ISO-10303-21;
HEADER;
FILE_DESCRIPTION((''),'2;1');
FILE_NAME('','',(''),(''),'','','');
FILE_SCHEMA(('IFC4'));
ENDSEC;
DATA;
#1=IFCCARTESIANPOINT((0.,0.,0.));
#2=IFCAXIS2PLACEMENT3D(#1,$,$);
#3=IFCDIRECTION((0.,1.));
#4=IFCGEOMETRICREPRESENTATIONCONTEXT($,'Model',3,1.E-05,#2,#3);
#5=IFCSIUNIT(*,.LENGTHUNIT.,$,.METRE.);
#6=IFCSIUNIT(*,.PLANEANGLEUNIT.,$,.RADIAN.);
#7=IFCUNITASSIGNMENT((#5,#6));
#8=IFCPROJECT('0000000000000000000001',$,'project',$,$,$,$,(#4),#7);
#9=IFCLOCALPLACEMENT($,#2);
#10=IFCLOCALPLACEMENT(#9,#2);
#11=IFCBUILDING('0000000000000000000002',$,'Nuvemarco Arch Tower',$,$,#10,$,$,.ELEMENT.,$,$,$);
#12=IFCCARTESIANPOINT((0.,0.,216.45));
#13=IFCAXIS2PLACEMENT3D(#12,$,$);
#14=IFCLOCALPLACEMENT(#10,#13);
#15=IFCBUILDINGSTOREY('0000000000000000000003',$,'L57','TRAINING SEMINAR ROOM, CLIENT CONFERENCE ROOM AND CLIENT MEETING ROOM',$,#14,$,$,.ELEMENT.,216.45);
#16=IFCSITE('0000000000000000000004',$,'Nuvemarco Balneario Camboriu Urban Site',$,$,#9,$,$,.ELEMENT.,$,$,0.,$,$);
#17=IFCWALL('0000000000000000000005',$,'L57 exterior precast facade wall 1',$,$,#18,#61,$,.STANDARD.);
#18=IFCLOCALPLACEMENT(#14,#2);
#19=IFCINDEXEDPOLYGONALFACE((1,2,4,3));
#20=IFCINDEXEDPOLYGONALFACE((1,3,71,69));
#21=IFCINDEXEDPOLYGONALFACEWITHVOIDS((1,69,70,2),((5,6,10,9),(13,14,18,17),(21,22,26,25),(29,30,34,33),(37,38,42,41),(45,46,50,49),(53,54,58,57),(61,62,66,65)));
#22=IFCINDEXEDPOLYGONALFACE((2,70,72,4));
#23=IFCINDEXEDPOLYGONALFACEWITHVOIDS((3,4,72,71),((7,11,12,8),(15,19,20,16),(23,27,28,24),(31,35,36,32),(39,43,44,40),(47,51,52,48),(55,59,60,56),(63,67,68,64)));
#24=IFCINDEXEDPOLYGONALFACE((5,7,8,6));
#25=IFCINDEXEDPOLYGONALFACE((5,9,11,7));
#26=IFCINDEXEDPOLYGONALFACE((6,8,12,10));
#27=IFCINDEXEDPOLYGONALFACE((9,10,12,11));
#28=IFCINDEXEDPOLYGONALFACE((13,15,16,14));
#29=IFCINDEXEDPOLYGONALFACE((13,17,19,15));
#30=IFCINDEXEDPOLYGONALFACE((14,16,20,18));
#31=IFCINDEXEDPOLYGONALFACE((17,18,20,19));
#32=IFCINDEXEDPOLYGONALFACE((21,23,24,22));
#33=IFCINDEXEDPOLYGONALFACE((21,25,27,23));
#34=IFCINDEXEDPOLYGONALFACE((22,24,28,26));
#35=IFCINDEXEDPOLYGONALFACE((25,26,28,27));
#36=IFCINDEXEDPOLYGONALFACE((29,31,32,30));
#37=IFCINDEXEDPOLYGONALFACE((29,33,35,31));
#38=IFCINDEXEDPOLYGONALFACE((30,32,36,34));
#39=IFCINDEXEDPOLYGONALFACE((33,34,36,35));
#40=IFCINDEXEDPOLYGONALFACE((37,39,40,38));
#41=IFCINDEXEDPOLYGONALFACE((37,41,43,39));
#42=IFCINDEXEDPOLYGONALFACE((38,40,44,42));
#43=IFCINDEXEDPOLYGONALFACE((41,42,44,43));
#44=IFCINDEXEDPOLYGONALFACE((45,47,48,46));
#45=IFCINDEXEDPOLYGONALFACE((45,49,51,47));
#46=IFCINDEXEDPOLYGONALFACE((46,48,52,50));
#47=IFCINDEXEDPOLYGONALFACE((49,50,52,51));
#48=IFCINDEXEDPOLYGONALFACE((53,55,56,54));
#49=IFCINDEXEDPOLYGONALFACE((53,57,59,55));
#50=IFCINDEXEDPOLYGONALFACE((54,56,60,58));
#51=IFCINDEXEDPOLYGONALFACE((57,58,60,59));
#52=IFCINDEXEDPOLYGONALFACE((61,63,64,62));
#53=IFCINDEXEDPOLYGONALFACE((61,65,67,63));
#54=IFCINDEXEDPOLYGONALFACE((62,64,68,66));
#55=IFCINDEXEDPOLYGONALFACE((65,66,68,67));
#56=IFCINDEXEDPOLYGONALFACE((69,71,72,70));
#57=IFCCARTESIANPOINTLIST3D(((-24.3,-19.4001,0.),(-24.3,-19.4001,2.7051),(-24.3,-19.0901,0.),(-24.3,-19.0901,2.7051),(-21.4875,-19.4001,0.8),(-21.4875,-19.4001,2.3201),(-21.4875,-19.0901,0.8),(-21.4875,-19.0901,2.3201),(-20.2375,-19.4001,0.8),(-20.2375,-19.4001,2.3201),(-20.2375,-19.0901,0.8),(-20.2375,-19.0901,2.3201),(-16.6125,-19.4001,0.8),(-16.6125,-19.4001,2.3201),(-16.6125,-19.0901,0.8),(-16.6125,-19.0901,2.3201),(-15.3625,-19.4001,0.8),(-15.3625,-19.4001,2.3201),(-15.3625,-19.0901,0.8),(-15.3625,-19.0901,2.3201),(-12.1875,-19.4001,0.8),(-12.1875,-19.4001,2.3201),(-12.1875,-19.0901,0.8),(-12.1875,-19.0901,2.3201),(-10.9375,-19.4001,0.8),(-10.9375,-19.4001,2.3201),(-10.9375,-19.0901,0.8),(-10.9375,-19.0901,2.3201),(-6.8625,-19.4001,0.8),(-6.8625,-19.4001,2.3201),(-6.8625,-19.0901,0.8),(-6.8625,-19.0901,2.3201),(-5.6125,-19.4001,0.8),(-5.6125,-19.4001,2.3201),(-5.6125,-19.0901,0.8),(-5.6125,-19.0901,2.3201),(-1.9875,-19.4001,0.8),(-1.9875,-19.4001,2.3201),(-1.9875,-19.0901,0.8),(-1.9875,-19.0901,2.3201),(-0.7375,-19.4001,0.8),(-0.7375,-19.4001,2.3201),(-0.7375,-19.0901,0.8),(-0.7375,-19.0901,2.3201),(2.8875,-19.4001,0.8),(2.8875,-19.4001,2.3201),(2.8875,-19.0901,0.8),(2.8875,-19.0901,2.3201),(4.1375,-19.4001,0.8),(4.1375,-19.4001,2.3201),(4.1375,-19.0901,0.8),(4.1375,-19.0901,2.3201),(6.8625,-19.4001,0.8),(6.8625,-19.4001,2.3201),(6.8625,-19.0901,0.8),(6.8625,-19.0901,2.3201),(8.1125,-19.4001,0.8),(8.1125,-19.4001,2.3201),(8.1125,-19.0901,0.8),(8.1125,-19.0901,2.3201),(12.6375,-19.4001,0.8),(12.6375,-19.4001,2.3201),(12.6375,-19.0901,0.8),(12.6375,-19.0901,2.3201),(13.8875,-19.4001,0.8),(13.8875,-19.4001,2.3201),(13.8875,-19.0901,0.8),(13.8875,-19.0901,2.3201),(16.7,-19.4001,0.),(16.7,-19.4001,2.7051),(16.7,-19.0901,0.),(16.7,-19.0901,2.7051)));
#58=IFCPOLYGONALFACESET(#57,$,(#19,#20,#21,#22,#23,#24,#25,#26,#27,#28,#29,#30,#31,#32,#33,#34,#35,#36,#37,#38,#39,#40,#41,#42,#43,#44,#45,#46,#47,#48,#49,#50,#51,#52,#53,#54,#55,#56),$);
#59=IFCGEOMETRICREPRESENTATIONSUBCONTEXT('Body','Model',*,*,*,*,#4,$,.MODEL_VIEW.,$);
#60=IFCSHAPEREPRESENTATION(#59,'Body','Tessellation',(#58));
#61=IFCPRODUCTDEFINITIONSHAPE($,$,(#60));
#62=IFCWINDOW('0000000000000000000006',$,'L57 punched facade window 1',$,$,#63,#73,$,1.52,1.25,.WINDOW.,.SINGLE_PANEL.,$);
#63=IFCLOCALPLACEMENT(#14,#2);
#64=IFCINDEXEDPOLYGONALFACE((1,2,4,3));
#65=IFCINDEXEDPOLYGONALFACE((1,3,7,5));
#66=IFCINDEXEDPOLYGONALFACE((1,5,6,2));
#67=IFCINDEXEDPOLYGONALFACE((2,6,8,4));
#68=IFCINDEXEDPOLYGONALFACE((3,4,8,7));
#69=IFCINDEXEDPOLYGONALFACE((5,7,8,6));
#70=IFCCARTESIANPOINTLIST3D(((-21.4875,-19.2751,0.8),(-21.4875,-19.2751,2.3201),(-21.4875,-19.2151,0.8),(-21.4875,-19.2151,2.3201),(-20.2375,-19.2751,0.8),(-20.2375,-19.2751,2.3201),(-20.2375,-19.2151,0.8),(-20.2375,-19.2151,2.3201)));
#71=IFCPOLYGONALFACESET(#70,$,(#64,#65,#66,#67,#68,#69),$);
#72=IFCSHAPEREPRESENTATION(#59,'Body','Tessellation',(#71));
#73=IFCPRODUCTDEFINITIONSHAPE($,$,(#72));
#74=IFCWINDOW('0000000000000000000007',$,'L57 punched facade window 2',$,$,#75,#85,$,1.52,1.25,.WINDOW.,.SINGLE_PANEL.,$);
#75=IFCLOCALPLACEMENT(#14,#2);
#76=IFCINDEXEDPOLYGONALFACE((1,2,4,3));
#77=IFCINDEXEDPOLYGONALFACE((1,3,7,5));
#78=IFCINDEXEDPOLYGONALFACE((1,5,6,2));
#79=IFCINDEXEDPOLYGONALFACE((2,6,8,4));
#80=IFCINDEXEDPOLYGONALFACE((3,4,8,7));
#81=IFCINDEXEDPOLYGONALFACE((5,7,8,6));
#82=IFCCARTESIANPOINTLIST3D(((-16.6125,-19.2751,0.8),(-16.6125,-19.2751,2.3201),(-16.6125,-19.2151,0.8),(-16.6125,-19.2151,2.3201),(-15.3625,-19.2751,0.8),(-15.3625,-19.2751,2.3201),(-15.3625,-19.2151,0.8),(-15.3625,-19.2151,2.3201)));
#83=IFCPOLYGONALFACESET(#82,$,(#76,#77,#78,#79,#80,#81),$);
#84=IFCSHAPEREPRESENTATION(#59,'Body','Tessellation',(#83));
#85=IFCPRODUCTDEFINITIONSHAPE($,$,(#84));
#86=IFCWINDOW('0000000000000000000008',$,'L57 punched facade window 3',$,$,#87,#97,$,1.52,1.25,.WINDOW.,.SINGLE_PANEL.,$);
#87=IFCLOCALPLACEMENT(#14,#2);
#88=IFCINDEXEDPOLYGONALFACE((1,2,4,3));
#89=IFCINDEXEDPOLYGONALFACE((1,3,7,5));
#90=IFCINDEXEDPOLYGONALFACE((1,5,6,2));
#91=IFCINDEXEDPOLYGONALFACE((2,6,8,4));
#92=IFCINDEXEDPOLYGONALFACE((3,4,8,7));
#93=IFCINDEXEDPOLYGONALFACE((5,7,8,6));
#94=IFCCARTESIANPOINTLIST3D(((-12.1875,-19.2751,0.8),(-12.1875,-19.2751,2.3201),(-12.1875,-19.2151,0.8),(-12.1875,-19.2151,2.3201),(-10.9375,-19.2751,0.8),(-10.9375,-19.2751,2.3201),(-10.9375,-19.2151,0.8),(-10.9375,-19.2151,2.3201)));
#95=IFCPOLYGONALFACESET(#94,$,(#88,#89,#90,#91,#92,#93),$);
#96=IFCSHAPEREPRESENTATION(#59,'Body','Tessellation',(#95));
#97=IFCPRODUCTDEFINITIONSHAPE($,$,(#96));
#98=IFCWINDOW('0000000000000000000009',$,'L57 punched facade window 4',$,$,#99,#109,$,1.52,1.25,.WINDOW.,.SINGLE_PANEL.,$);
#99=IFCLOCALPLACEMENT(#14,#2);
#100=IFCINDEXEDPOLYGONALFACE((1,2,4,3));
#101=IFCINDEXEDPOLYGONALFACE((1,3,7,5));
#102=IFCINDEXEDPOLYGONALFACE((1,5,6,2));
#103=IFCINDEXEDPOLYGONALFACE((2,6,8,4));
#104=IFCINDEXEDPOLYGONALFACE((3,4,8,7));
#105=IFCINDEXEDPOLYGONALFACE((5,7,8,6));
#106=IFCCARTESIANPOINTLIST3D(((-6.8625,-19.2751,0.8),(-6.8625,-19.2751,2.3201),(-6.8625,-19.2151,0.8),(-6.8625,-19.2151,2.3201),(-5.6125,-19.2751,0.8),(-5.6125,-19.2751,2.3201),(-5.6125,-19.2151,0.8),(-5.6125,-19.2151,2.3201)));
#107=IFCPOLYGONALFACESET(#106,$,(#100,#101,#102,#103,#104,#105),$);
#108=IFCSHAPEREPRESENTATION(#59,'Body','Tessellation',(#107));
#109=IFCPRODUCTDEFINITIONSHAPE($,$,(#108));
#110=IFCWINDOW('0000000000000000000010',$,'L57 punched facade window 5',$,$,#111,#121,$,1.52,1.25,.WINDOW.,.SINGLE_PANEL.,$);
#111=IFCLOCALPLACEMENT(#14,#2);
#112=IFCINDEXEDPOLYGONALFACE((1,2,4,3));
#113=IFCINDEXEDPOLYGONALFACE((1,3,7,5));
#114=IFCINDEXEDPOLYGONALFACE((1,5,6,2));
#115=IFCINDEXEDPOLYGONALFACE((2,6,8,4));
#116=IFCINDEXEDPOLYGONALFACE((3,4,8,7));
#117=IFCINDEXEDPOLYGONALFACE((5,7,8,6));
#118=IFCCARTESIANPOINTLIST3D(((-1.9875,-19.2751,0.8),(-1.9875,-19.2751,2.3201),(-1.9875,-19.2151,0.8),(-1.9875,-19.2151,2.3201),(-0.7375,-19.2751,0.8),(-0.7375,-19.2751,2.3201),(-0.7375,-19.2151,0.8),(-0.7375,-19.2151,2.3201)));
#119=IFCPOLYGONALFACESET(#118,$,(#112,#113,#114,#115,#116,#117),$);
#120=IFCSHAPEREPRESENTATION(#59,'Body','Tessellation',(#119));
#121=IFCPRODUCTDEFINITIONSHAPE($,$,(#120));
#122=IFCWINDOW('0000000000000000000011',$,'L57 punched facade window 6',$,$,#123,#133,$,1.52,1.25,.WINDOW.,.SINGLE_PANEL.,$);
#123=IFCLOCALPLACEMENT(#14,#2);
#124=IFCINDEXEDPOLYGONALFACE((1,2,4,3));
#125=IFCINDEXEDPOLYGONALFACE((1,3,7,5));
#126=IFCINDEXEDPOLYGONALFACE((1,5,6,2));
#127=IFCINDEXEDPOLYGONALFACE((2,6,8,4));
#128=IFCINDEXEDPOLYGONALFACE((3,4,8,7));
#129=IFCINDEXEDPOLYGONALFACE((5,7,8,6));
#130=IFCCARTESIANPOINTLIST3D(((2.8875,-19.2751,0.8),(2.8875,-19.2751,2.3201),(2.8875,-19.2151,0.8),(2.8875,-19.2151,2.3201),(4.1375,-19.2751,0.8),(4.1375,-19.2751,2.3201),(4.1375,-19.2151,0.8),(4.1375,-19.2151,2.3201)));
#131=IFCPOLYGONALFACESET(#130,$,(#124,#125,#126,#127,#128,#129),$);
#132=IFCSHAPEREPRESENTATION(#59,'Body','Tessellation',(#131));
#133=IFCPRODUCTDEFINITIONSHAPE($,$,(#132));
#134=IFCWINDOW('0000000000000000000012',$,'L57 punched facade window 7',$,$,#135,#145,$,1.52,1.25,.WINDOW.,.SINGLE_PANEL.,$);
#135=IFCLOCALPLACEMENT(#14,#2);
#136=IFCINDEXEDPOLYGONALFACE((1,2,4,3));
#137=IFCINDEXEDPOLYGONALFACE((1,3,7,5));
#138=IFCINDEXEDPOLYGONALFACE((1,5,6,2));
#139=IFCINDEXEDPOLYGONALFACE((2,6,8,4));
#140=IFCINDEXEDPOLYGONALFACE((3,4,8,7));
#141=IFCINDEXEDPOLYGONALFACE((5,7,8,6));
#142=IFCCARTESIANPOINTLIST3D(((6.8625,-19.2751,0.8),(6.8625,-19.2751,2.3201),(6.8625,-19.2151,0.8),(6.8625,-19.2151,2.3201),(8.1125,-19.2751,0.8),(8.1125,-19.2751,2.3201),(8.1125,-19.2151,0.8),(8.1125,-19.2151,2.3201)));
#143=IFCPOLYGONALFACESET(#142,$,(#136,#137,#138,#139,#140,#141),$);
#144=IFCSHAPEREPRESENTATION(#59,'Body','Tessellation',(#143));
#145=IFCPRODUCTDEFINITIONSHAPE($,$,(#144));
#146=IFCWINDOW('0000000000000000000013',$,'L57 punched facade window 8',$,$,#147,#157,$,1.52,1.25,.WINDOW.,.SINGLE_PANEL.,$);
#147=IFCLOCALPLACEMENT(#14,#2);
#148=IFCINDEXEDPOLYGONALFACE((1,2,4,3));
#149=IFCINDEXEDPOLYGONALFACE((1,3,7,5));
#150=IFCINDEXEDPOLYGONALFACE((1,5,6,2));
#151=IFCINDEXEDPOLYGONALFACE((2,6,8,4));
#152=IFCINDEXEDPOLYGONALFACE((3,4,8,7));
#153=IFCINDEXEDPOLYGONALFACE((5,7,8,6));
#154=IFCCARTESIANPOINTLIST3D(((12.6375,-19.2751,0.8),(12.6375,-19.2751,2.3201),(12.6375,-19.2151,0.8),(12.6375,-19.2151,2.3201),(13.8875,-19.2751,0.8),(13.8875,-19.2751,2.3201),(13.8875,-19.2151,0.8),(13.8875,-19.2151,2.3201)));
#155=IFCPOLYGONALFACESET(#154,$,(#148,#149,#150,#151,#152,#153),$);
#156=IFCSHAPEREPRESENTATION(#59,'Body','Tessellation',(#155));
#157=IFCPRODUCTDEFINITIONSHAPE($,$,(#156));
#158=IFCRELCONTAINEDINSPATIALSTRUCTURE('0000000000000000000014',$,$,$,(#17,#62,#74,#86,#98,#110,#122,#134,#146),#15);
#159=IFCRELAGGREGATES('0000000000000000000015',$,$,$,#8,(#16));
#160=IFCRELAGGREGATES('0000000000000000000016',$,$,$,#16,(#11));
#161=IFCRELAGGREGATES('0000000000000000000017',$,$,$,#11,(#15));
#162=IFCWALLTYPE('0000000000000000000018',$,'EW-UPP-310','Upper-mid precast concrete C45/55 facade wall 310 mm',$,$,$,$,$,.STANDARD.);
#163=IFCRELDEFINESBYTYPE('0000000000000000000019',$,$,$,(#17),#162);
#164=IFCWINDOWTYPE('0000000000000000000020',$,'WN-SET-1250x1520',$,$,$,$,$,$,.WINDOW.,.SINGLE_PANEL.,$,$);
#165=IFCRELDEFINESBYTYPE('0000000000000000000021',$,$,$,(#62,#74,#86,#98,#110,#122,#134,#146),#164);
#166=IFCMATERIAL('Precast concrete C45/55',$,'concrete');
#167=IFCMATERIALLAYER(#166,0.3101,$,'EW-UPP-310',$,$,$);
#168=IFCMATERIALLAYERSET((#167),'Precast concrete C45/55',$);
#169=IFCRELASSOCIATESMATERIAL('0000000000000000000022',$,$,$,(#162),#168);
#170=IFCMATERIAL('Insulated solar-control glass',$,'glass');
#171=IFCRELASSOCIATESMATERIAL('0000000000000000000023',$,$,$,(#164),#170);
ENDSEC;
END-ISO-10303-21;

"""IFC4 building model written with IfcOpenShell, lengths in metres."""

from ifc_helpers import new_model, si_unit, direction, frame, frame_2d, origin, place, context, subcontext, project, spatial, rectangle, extrude, source, transform, mapped, material, layer, layer_set, type_object, type_shapes, element, fill, save


model = new_model("IFC4")

# Units and contexts
model_context = context("Model", 3, precision=1e-05, world=origin(), true_north=direction((0.0, 1.0)))
body_context = subcontext(model_context, "Body", "Model", "MODEL_VIEW")
ifc_project = project(units=[si_unit("LENGTHUNIT", "METRE"), si_unit("PLANEANGLEUNIT", "RADIAN")], contexts=[model_context])

# Site, building, storey
site_placement = place(None, origin())
site = spatial("IfcSite", under=ifc_project, at=site_placement, Name="Nuvemarco Balneario Camboriu Urban Site", CompositionType="ELEMENT", RefElevation=0.0)
building_placement = place(site_placement, origin())
building = spatial("IfcBuilding", under=site, at=building_placement, Name="Nuvemarco Arch Tower", CompositionType="ELEMENT")
storey_placement = place(building_placement, frame((0.0, 0.0, 216.45)))
storey = spatial("IfcBuildingStorey", under=building, at=storey_placement, Name="L57", Description="TRAINING SEMINAR ROOM, CLIENT CONFERENCE ROOM AND CLIENT MEETING ROOM", CompositionType="ELEMENT", Elevation=216.45)

# Wall, openings, windows
ifc_material_1 = material(Name="Precast concrete C45/55", Category="concrete")
ifc_layer_1 = layer(ifc_material_1, 0.3101, Name="EW-UPP-310")
ifc_layer_set_1 = layer_set([ifc_layer_1], Name="Precast concrete C45/55")
wall_type_1 = type_object("IfcWallType", Name="EW-UPP-310", Description="Upper-mid precast concrete C45/55 facade wall 310 mm", PredefinedType="STANDARD", material=ifc_layer_set_1)
wall_1_placement = place(storey_placement, frame((-24.3, -19.2451, 0.0), z_axis=(0.0, 0.0, 1.0), x_axis=(1.0, 0.0, 0.0)))
wall_1 = element("IfcWall", 1, at=wall_1_placement, inside=storey, type_object=wall_type_1, Name="L57 exterior precast facade wall 1", PredefinedType="STANDARD", context=body_context, shape_type="SweptSolid", body=[
    extrude(rectangle(XDim=41.0, YDim=0.3101, at=frame_2d((20.5, 0.0))), origin(), (0.0, 0.0, 1.0), 2.7051),
])
opening_1_placement = place(wall_1_placement, frame((2.8125, 0.0, 0.8)))
opening_1 = element("IfcOpeningElement", 2, at=opening_1_placement, cuts=wall_1, PredefinedType="OPENING", context=body_context, shape_type="SweptSolid", body=[
    extrude(rectangle(XDim=1.25, YDim=1.52, at=frame_2d((0.625, 0.76))), frame((0.0, 0.165, 0.0), z_axis=(0.0, -1.0, 0.0), x_axis=(1.0, 0.0, 0.0)), (0.0, 0.0, 1.0), 0.3301),
])
opening_2_placement = place(wall_1_placement, frame((7.6875, 0.0, 0.8)))
opening_2 = element("IfcOpeningElement", 3, at=opening_2_placement, cuts=wall_1, PredefinedType="OPENING", context=body_context, shape_type="SweptSolid", body=[
    extrude(rectangle(XDim=1.25, YDim=1.52, at=frame_2d((0.625, 0.76))), frame((0.0, 0.165, 0.0), z_axis=(0.0, -1.0, 0.0), x_axis=(1.0, 0.0, 0.0)), (0.0, 0.0, 1.0), 0.3301),
])
opening_3_placement = place(wall_1_placement, frame((12.1125, 0.0, 0.8)))
opening_3 = element("IfcOpeningElement", 4, at=opening_3_placement, cuts=wall_1, PredefinedType="OPENING", context=body_context, shape_type="SweptSolid", body=[
    extrude(rectangle(XDim=1.25, YDim=1.52, at=frame_2d((0.625, 0.76))), frame((0.0, 0.165, 0.0), z_axis=(0.0, -1.0, 0.0), x_axis=(1.0, 0.0, 0.0)), (0.0, 0.0, 1.0), 0.3301),
])
opening_4_placement = place(wall_1_placement, frame((17.4375, 0.0, 0.8)))
opening_4 = element("IfcOpeningElement", 5, at=opening_4_placement, cuts=wall_1, PredefinedType="OPENING", context=body_context, shape_type="SweptSolid", body=[
    extrude(rectangle(XDim=1.25, YDim=1.52, at=frame_2d((0.625, 0.76))), frame((0.0, 0.165, 0.0), z_axis=(0.0, -1.0, 0.0), x_axis=(1.0, 0.0, 0.0)), (0.0, 0.0, 1.0), 0.3301),
])
opening_5_placement = place(wall_1_placement, frame((22.3125, 0.0, 0.8)))
opening_5 = element("IfcOpeningElement", 6, at=opening_5_placement, cuts=wall_1, PredefinedType="OPENING", context=body_context, shape_type="SweptSolid", body=[
    extrude(rectangle(XDim=1.25, YDim=1.52, at=frame_2d((0.625, 0.76))), frame((0.0, 0.165, 0.0), z_axis=(0.0, -1.0, 0.0), x_axis=(1.0, 0.0, 0.0)), (0.0, 0.0, 1.0), 0.3301),
])
opening_6_placement = place(wall_1_placement, frame((27.1875, 0.0, 0.8)))
opening_6 = element("IfcOpeningElement", 7, at=opening_6_placement, cuts=wall_1, PredefinedType="OPENING", context=body_context, shape_type="SweptSolid", body=[
    extrude(rectangle(XDim=1.25, YDim=1.52, at=frame_2d((0.625, 0.76))), frame((0.0, 0.165, 0.0), z_axis=(0.0, -1.0, 0.0), x_axis=(1.0, 0.0, 0.0)), (0.0, 0.0, 1.0), 0.3301),
])
opening_7_placement = place(wall_1_placement, frame((31.1626, 0.0, 0.8)))
opening_7 = element("IfcOpeningElement", 8, at=opening_7_placement, cuts=wall_1, PredefinedType="OPENING", context=body_context, shape_type="SweptSolid", body=[
    extrude(rectangle(XDim=1.25, YDim=1.52, at=frame_2d((0.625, 0.76))), frame((0.0, 0.165, 0.0), z_axis=(0.0, -1.0, 0.0), x_axis=(1.0, 0.0, 0.0)), (0.0, 0.0, 1.0), 0.3301),
])
opening_8_placement = place(wall_1_placement, frame((36.9375, 0.0, 0.8)))
opening_8 = element("IfcOpeningElement", 9, at=opening_8_placement, cuts=wall_1, PredefinedType="OPENING", context=body_context, shape_type="SweptSolid", body=[
    extrude(rectangle(XDim=1.25, YDim=1.52, at=frame_2d((0.625, 0.76))), frame((0.0, 0.165, 0.0), z_axis=(0.0, -1.0, 0.0), x_axis=(1.0, 0.0, 0.0)), (0.0, 0.0, 1.0), 0.3301),
])
ifc_material_2 = material(Name="Insulated solar-control glass", Category="glass")
window_type = type_object("IfcWindowType", Name="WN-SET-1250x1520", PartitioningType="SINGLE_PANEL", PredefinedType="WINDOW", material=ifc_material_2)
shared_shape_1 = source(origin(), body_context, "Body", "SweptSolid", [
    extrude(rectangle(XDim=1.25, YDim=1.52, at=frame_2d((0.625, 0.76))), frame((0.0, 0.03, 0.0), z_axis=(0.0, -1.0, 0.0), x_axis=(1.0, 0.0, 0.0)), (0.0, 0.0, 1.0), 0.0601),
])
type_shapes(window_type, [shared_shape_1])
window_1_placement = place(opening_1_placement, origin())
window_1 = element("IfcWindow", 10, at=window_1_placement, inside=storey, type_object=window_type, Name="L57 punched facade window 1", OverallHeight=1.52, OverallWidth=1.25, PartitioningType="SINGLE_PANEL", PredefinedType="WINDOW", context=body_context, shape_type="MappedRepresentation", body=[
    mapped(shared_shape_1, transform((0.0, 0.0, 0.0), scale=1.0)),
])
fill(opening_1, window_1)
window_2_placement = place(opening_2_placement, origin())
window_2 = element("IfcWindow", 11, at=window_2_placement, inside=storey, type_object=window_type, Name="L57 punched facade window 2", OverallHeight=1.52, OverallWidth=1.25, PartitioningType="SINGLE_PANEL", PredefinedType="WINDOW", context=body_context, shape_type="MappedRepresentation", body=[
    mapped(shared_shape_1, transform((0.0, 0.0, 0.0), scale=1.0)),
])
fill(opening_2, window_2)
window_3_placement = place(opening_3_placement, origin())
window_3 = element("IfcWindow", 12, at=window_3_placement, inside=storey, type_object=window_type, Name="L57 punched facade window 3", OverallHeight=1.52, OverallWidth=1.25, PartitioningType="SINGLE_PANEL", PredefinedType="WINDOW", context=body_context, shape_type="MappedRepresentation", body=[
    mapped(shared_shape_1, transform((0.0, 0.0, 0.0), scale=1.0)),
])
fill(opening_3, window_3)
window_4_placement = place(opening_4_placement, origin())
window_4 = element("IfcWindow", 13, at=window_4_placement, inside=storey, type_object=window_type, Name="L57 punched facade window 4", OverallHeight=1.52, OverallWidth=1.25, PartitioningType="SINGLE_PANEL", PredefinedType="WINDOW", context=body_context, shape_type="MappedRepresentation", body=[
    mapped(shared_shape_1, transform((0.0, 0.0, 0.0), scale=1.0)),
])
fill(opening_4, window_4)
window_5_placement = place(opening_5_placement, origin())
window_5 = element("IfcWindow", 14, at=window_5_placement, inside=storey, type_object=window_type, Name="L57 punched facade window 5", OverallHeight=1.52, OverallWidth=1.25, PartitioningType="SINGLE_PANEL", PredefinedType="WINDOW", context=body_context, shape_type="MappedRepresentation", body=[
    mapped(shared_shape_1, transform((0.0, 0.0, 0.0), scale=1.0)),
])
fill(opening_5, window_5)
window_6_placement = place(opening_6_placement, origin())
window_6 = element("IfcWindow", 15, at=window_6_placement, inside=storey, type_object=window_type, Name="L57 punched facade window 6", OverallHeight=1.52, OverallWidth=1.25, PartitioningType="SINGLE_PANEL", PredefinedType="WINDOW", context=body_context, shape_type="MappedRepresentation", body=[
    mapped(shared_shape_1, transform((0.0, 0.0, 0.0), scale=1.0)),
])
fill(opening_6, window_6)
window_7_placement = place(opening_7_placement, origin())
window_7 = element("IfcWindow", 16, at=window_7_placement, inside=storey, type_object=window_type, Name="L57 punched facade window 7", OverallHeight=1.52, OverallWidth=1.25, PartitioningType="SINGLE_PANEL", PredefinedType="WINDOW", context=body_context, shape_type="MappedRepresentation", body=[
    mapped(shared_shape_1, transform((0.0, 0.0, 0.0), scale=1.0)),
])
fill(opening_7, window_7)
window_8_placement = place(opening_8_placement, origin())
window_8 = element("IfcWindow", 17, at=window_8_placement, inside=storey, type_object=window_type, Name="L57 punched facade window 8", OverallHeight=1.52, OverallWidth=1.25, PartitioningType="SINGLE_PANEL", PredefinedType="WINDOW", context=body_context, shape_type="MappedRepresentation", body=[
    mapped(shared_shape_1, transform((0.0, 0.0, 0.0), scale=1.0)),
])
fill(opening_8, window_8)

save(model, "model.ifc")
